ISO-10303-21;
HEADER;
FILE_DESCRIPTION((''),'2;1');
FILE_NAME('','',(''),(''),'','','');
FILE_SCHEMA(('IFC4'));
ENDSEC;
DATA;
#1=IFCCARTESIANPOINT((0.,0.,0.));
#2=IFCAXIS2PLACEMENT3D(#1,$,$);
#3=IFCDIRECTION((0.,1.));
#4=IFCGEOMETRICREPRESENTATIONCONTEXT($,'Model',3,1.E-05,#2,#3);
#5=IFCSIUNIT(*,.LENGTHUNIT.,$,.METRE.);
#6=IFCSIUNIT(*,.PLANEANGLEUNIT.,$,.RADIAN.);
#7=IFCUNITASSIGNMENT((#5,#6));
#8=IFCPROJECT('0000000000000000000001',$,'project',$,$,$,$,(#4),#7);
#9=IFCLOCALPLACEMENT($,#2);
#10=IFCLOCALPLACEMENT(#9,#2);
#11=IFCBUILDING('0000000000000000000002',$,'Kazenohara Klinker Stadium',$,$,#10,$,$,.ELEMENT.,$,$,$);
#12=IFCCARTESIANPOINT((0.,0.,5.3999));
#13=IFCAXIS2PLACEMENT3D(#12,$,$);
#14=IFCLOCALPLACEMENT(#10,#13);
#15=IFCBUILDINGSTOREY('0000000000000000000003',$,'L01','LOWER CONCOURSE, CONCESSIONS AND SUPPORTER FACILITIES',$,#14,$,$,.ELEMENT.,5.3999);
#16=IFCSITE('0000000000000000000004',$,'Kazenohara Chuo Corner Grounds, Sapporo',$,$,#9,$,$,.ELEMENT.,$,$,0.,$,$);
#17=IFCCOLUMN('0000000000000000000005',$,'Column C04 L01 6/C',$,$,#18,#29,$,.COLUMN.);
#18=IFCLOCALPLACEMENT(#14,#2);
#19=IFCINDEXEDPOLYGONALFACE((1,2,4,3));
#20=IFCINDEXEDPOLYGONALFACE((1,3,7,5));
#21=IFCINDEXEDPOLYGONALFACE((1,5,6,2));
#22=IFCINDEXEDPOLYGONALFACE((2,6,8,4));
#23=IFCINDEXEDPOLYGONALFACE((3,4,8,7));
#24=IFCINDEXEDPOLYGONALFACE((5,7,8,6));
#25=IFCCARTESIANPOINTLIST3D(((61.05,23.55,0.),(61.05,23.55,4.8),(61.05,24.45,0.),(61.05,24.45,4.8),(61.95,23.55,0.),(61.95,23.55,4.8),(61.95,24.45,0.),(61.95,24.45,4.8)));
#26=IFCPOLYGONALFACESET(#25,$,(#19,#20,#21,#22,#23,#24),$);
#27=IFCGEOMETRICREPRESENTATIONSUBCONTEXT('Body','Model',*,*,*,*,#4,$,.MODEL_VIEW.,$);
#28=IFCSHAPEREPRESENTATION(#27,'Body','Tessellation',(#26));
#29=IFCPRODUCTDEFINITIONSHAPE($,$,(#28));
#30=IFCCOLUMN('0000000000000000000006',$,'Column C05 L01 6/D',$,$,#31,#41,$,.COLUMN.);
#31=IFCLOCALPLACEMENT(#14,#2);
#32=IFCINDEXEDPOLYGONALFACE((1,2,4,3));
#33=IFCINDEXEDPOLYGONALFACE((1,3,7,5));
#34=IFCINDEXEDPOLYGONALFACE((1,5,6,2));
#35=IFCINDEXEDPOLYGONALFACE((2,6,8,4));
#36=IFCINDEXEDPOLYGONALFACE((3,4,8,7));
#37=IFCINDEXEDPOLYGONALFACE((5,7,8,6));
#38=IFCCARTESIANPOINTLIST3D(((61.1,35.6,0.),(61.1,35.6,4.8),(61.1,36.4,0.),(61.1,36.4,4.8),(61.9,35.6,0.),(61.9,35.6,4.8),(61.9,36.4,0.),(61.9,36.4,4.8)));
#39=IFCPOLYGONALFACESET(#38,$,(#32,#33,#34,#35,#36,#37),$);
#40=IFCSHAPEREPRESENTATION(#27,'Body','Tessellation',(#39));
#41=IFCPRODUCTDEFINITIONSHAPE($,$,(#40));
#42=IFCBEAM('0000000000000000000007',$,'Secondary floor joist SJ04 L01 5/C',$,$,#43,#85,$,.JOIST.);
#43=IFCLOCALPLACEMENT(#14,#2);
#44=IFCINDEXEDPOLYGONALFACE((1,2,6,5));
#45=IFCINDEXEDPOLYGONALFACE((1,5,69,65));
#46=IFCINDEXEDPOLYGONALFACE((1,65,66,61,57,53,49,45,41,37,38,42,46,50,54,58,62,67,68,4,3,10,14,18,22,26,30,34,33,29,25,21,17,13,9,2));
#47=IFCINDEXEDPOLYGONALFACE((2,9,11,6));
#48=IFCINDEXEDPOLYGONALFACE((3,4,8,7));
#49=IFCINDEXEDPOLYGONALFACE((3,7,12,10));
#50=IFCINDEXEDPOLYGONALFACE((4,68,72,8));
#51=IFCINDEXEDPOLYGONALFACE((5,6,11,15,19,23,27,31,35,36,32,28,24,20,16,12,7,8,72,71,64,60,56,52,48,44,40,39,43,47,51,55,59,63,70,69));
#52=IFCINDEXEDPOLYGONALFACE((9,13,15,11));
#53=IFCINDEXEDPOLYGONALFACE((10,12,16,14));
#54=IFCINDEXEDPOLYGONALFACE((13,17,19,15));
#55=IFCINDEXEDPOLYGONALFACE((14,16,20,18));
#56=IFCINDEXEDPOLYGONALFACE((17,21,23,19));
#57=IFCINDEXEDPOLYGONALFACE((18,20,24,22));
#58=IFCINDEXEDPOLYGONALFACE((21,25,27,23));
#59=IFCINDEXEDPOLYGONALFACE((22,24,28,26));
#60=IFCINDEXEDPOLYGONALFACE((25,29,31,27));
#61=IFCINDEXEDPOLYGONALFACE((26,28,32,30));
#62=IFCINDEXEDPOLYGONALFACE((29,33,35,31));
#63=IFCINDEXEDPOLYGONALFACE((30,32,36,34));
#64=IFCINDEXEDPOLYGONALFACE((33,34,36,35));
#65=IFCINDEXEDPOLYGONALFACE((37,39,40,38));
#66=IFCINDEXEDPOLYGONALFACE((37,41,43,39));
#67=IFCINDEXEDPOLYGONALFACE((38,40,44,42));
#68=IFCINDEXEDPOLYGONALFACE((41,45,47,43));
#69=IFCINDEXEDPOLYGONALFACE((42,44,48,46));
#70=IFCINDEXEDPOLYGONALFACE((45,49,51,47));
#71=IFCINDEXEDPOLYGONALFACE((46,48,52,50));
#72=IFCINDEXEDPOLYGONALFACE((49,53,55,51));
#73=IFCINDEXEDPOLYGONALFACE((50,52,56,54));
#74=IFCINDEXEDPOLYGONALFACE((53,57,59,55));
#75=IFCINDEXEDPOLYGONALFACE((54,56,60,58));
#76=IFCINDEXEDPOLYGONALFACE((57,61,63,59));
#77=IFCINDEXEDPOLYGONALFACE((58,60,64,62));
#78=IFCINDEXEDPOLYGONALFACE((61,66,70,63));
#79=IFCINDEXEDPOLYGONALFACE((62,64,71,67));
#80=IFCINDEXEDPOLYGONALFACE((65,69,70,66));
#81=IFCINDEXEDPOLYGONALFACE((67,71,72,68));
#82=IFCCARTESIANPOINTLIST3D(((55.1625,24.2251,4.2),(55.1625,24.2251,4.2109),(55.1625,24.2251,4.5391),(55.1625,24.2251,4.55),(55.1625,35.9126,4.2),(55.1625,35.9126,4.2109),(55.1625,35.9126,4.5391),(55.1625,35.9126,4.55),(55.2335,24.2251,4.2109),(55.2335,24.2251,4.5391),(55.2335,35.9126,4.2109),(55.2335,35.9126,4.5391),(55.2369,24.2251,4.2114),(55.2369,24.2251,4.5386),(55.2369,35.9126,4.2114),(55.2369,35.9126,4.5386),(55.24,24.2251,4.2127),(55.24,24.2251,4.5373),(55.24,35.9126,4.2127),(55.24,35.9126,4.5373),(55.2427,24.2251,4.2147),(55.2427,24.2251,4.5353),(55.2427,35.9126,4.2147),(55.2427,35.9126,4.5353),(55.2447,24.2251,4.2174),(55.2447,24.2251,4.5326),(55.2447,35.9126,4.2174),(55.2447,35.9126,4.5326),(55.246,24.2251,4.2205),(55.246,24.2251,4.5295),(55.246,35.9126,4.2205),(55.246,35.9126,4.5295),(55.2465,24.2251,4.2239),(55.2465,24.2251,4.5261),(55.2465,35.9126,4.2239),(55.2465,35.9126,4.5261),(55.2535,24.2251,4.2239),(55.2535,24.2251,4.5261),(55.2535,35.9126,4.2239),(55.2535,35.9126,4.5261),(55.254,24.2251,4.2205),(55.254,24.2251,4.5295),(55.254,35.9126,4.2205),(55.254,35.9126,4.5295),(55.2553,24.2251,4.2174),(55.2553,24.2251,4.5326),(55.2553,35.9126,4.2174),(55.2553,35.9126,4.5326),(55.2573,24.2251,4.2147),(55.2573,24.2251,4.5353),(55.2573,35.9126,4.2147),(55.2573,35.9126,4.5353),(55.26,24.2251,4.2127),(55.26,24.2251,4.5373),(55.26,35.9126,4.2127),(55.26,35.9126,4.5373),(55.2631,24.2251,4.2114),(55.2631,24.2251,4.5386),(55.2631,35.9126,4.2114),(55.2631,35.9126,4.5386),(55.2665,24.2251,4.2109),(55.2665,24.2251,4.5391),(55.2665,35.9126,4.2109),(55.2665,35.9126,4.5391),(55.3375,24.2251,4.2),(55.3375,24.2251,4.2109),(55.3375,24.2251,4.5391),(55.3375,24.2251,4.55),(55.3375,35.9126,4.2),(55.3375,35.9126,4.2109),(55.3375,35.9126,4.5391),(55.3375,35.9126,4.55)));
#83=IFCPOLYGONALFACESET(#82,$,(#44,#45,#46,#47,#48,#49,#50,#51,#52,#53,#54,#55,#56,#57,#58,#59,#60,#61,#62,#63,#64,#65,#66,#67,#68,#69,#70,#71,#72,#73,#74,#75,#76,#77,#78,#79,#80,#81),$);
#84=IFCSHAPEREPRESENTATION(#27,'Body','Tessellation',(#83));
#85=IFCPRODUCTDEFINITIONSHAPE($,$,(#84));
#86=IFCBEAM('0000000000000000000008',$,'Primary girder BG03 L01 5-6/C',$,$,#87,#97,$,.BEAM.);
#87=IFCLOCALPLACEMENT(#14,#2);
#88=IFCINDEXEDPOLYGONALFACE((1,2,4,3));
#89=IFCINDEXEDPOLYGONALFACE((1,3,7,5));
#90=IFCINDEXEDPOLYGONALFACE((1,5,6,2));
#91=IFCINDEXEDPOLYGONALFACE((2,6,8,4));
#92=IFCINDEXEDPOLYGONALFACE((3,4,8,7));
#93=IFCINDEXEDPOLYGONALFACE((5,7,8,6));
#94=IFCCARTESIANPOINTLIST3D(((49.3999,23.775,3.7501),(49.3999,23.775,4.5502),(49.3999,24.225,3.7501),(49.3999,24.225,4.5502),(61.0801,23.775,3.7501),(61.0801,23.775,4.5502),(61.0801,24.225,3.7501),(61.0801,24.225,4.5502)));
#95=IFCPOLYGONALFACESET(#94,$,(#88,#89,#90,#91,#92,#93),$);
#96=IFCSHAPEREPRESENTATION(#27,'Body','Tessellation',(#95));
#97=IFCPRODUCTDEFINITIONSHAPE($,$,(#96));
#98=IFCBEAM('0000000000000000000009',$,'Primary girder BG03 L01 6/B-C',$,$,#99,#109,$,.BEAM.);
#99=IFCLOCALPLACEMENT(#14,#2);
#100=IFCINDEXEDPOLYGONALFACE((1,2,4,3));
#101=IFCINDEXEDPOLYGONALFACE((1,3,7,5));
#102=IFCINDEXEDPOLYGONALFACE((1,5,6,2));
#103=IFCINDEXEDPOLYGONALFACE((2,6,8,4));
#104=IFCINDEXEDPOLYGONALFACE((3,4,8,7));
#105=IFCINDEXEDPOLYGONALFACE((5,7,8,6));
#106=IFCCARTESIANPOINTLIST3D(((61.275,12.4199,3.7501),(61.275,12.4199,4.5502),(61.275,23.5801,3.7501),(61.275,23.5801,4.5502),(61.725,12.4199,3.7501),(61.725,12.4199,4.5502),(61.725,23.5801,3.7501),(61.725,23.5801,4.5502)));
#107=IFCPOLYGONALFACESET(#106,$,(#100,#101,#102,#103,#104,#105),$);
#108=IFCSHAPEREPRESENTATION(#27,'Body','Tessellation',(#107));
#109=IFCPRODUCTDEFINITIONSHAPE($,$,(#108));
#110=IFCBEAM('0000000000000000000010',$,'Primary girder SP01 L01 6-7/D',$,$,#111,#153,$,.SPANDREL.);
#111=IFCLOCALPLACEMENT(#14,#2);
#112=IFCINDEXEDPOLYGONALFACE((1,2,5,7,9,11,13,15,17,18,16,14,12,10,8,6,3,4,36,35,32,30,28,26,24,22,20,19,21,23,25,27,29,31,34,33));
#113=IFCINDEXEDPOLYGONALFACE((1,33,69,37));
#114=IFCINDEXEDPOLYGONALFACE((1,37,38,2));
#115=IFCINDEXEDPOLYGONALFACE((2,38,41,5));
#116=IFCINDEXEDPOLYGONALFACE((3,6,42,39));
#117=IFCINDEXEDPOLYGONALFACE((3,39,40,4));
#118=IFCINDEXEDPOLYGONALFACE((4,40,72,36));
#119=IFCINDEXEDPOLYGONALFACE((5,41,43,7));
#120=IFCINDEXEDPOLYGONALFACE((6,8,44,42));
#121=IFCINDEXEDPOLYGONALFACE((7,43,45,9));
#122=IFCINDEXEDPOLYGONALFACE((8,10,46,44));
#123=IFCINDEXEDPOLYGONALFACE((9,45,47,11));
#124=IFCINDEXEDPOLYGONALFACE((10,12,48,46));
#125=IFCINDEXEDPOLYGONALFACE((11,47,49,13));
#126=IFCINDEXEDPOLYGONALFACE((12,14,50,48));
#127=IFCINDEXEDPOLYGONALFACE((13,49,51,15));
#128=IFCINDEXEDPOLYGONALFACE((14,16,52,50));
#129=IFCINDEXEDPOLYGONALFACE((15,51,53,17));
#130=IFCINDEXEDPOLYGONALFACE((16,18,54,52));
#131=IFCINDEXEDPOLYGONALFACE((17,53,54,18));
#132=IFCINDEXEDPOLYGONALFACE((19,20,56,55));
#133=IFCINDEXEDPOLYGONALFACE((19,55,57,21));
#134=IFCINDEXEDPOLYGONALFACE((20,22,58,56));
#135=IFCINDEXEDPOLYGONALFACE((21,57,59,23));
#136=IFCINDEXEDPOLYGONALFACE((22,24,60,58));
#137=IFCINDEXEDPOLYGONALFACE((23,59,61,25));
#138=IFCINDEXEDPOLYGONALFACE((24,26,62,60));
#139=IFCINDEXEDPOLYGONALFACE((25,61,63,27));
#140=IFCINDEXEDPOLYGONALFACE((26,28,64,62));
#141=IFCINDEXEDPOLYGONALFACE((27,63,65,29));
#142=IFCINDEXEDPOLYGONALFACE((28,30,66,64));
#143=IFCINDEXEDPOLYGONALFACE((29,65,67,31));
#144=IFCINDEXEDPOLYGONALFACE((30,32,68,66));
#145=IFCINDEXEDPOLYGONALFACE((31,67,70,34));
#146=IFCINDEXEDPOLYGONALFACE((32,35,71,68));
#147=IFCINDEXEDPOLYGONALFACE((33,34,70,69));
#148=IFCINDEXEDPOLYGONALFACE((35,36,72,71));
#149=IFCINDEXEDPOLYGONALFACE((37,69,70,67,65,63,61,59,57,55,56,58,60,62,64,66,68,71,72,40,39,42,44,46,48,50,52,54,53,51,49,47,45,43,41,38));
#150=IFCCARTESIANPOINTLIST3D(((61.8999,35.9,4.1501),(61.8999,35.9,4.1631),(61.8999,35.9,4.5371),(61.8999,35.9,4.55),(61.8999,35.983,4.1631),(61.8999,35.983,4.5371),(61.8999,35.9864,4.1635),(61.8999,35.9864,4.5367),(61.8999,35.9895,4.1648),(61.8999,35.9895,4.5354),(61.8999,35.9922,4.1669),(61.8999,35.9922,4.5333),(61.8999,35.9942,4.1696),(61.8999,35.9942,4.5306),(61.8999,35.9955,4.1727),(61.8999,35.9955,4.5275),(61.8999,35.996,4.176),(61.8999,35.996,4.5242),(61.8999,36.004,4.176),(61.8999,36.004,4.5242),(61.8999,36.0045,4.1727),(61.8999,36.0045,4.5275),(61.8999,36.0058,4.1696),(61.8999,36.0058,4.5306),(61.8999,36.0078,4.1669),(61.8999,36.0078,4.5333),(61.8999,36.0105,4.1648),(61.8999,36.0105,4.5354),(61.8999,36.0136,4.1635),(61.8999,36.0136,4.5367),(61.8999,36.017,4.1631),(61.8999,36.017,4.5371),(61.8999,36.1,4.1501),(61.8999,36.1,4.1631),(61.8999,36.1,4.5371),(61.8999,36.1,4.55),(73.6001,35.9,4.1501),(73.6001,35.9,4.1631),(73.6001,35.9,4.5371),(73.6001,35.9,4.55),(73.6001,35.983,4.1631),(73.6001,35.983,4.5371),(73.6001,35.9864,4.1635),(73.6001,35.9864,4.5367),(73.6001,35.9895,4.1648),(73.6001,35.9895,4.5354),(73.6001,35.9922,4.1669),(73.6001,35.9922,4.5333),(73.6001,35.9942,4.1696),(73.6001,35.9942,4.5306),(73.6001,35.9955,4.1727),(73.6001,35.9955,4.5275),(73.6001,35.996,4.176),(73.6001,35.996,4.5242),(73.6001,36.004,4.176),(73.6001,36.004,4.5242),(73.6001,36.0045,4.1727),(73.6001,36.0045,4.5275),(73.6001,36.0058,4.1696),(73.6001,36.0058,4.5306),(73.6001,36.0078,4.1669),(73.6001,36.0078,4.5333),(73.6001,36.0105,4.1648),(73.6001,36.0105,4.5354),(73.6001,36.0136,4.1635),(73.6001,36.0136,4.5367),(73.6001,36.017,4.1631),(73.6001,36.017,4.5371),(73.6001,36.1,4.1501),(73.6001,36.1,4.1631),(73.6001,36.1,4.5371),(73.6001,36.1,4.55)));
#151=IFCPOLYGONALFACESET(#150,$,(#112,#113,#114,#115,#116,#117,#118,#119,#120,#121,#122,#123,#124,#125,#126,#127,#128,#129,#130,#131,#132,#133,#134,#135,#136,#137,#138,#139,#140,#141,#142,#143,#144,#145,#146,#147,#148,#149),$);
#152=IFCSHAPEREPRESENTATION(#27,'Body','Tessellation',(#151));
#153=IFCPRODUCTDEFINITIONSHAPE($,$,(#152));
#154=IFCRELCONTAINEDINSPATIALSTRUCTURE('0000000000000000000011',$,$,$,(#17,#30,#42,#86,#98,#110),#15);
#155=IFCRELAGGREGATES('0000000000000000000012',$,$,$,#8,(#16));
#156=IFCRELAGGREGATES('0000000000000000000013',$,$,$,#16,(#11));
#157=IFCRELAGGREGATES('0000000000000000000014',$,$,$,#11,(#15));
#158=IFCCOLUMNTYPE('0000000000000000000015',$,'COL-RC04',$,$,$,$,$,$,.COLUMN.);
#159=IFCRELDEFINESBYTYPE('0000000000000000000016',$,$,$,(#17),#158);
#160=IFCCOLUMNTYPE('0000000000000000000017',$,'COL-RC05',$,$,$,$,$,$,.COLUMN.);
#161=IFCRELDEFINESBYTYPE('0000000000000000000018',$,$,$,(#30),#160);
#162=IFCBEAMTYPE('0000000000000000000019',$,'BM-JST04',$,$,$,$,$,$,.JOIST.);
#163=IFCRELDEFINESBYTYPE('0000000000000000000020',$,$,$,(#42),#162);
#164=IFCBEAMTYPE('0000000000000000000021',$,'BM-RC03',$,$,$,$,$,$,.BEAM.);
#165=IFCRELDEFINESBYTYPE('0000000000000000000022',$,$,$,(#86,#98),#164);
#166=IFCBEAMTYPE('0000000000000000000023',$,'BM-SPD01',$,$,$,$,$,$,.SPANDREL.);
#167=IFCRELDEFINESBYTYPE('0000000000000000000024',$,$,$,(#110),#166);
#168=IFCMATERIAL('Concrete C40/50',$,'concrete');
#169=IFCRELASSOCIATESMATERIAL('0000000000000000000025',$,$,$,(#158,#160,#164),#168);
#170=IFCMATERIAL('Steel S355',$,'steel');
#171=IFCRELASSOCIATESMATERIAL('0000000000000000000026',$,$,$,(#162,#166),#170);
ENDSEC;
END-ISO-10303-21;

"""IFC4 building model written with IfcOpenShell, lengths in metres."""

from ifc_helpers import new_model, si_unit, direction, frame, origin, origin_2d, place, context, subcontext, project, spatial, rectangle, i_section, extrude, material, material_profile, profile_set, type_object, element, save


model = new_model("IFC4")

# Units and contexts
model_context = context("Model", 3, precision=1e-05, world=origin(), true_north=direction((0.0, 1.0)))
body_context = subcontext(model_context, "Body", "Model", "MODEL_VIEW")
ifc_project = project(units=[si_unit("LENGTHUNIT", "METRE"), si_unit("PLANEANGLEUNIT", "RADIAN")], contexts=[model_context])

# Site, building, storey
site_placement = place(None, origin())
site = spatial("IfcSite", under=ifc_project, at=site_placement, Name="Kazenohara Chuo Corner Grounds, Sapporo", CompositionType="ELEMENT", RefElevation=0.0)
building_placement = place(site_placement, origin())
building = spatial("IfcBuilding", under=site, at=building_placement, Name="Kazenohara Klinker Stadium", CompositionType="ELEMENT")
storey_placement = place(building_placement, frame((0.0, 0.0, 5.3999)))
storey = spatial("IfcBuildingStorey", under=building, at=storey_placement, Name="L01", Description="LOWER CONCOURSE, CONCESSIONS AND SUPPORTER FACILITIES", CompositionType="ELEMENT", Elevation=5.3999)

# Columns
ifc_material_1 = material(Name="Concrete C40/50", Category="concrete")
ifc_material_profile_1 = material_profile(ifc_material_1, rectangle(XDim=0.8999, YDim=0.8999, at=origin_2d()), Name="RC-COL-900x900")
ifc_profile_set_1 = profile_set([ifc_material_profile_1], Name="Concrete C40/50")
column_type_1 = type_object("IfcColumnType", Name="COL-RC04", PredefinedType="COLUMN", material=ifc_profile_set_1)
column_1_placement = place(storey_placement, frame((61.5, 24.0, 0.0), z_axis=(0.0, 0.0, 1.0), x_axis=(1.0, 0.0, 0.0)))
element("IfcColumn", 1, at=column_1_placement, inside=storey, type_object=column_type_1, Name="Column C04 L01 6/C", PredefinedType="COLUMN", context=body_context, shape_type="SweptSolid", body=[
    extrude(rectangle(XDim=0.8999, YDim=0.8999, at=origin_2d()), origin(), (0.0, 0.0, 1.0), 4.8),
])
ifc_material_profile_2 = material_profile(ifc_material_1, rectangle(XDim=0.8, YDim=0.8, at=origin_2d()), Name="RC-COL-800x800")
ifc_profile_set_2 = profile_set([ifc_material_profile_2], Name="Concrete C40/50")
column_type_2 = type_object("IfcColumnType", Name="COL-RC05", PredefinedType="COLUMN", material=ifc_profile_set_2)
column_2_placement = place(storey_placement, frame((61.5, 36.0, 0.0), z_axis=(0.0, 0.0, 1.0), x_axis=(1.0, 0.0, 0.0)))
element("IfcColumn", 2, at=column_2_placement, inside=storey, type_object=column_type_2, Name="Column C05 L01 6/D", PredefinedType="COLUMN", context=body_context, shape_type="SweptSolid", body=[
    extrude(rectangle(XDim=0.8, YDim=0.8, at=origin_2d()), origin(), (0.0, 0.0, 1.0), 4.8),
])

# Beams
ifc_material_2 = material(Name="Steel S355", Category="steel")
ifc_material_profile_3 = material_profile(ifc_material_2, i_section(OverallWidth=0.175, OverallDepth=0.3501, WebThickness=0.0071, FlangeThickness=0.011, FilletRadius=0.0129, at=origin_2d()), Name="H-350x175x7x11")
ifc_profile_set_3 = profile_set([ifc_material_profile_3], Name="Steel S355")
beam_type_1 = type_object("IfcBeamType", Name="BM-JST04", PredefinedType="JOIST", material=ifc_profile_set_3)
beam_1_placement = place(storey_placement, frame((55.25, 24.2251, 4.375), z_axis=(0.0, 1.0, 0.0), x_axis=(-1.0, 0.0, 0.0)))
element("IfcBeam", 3, at=beam_1_placement, inside=storey, type_object=beam_type_1, Name="Secondary floor joist SJ04 L01 5/C", PredefinedType="JOIST", context=body_context, shape_type="SweptSolid", body=[
    extrude(i_section(OverallWidth=0.175, OverallDepth=0.3501, WebThickness=0.0071, FlangeThickness=0.011, FilletRadius=0.0129, at=origin_2d()), origin(), (0.0, 0.0, 1.0), 11.6875),
])
ifc_material_profile_4 = material_profile(ifc_material_1, rectangle(XDim=0.45, YDim=0.8, at=origin_2d()), Name="RC-BM-450x800")
ifc_profile_set_4 = profile_set([ifc_material_profile_4], Name="Concrete C40/50")
beam_type_2 = type_object("IfcBeamType", Name="BM-RC03", PredefinedType="BEAM", material=ifc_profile_set_4)
beam_2_placement = place(storey_placement, frame((49.3999, 24.0, 4.1501), z_axis=(1.0, 0.0, 0.0), x_axis=(0.0, 1.0, 0.0)))
element("IfcBeam", 4, at=beam_2_placement, inside=storey, type_object=beam_type_2, Name="Primary girder BG03 L01 5-6/C", PredefinedType="BEAM", context=body_context, shape_type="SweptSolid", body=[
    extrude(rectangle(XDim=0.45, YDim=0.8, at=origin_2d()), origin(), (0.0, 0.0, 1.0), 11.6802),
])
beam_3_placement = place(storey_placement, frame((61.5, 12.4199, 4.1501), z_axis=(0.0, 1.0, 0.0), x_axis=(-1.0, 0.0, 0.0)))
element("IfcBeam", 5, at=beam_3_placement, inside=storey, type_object=beam_type_2, Name="Primary girder BG03 L01 6/B-C", PredefinedType="BEAM", context=body_context, shape_type="SweptSolid", body=[
    extrude(rectangle(XDim=0.45, YDim=0.8, at=origin_2d()), origin(), (0.0, 0.0, 1.0), 11.1602),
])
ifc_material_profile_5 = material_profile(ifc_material_2, i_section(OverallWidth=0.2, OverallDepth=0.3999, WebThickness=0.0081, FlangeThickness=0.0129, FilletRadius=0.0129, at=origin_2d()), Name="H-400x200x8x13")
ifc_profile_set_5 = profile_set([ifc_material_profile_5], Name="Steel S355")
beam_type_3 = type_object("IfcBeamType", Name="BM-SPD01", PredefinedType="SPANDREL", material=ifc_profile_set_5)
beam_4_placement = place(storey_placement, frame((61.8999, 36.0, 4.3501), z_axis=(1.0, 0.0, 0.0), x_axis=(0.0, 1.0, 0.0)))
element("IfcBeam", 6, at=beam_4_placement, inside=storey, type_object=beam_type_3, Name="Primary girder SP01 L01 6-7/D", PredefinedType="SPANDREL", context=body_context, shape_type="SweptSolid", body=[
    extrude(i_section(OverallWidth=0.2, OverallDepth=0.3999, WebThickness=0.0081, FlangeThickness=0.0129, FilletRadius=0.0129, at=origin_2d()), origin(), (0.0, 0.0, 1.0), 11.7002),
])

save(model, "model.ifc")
